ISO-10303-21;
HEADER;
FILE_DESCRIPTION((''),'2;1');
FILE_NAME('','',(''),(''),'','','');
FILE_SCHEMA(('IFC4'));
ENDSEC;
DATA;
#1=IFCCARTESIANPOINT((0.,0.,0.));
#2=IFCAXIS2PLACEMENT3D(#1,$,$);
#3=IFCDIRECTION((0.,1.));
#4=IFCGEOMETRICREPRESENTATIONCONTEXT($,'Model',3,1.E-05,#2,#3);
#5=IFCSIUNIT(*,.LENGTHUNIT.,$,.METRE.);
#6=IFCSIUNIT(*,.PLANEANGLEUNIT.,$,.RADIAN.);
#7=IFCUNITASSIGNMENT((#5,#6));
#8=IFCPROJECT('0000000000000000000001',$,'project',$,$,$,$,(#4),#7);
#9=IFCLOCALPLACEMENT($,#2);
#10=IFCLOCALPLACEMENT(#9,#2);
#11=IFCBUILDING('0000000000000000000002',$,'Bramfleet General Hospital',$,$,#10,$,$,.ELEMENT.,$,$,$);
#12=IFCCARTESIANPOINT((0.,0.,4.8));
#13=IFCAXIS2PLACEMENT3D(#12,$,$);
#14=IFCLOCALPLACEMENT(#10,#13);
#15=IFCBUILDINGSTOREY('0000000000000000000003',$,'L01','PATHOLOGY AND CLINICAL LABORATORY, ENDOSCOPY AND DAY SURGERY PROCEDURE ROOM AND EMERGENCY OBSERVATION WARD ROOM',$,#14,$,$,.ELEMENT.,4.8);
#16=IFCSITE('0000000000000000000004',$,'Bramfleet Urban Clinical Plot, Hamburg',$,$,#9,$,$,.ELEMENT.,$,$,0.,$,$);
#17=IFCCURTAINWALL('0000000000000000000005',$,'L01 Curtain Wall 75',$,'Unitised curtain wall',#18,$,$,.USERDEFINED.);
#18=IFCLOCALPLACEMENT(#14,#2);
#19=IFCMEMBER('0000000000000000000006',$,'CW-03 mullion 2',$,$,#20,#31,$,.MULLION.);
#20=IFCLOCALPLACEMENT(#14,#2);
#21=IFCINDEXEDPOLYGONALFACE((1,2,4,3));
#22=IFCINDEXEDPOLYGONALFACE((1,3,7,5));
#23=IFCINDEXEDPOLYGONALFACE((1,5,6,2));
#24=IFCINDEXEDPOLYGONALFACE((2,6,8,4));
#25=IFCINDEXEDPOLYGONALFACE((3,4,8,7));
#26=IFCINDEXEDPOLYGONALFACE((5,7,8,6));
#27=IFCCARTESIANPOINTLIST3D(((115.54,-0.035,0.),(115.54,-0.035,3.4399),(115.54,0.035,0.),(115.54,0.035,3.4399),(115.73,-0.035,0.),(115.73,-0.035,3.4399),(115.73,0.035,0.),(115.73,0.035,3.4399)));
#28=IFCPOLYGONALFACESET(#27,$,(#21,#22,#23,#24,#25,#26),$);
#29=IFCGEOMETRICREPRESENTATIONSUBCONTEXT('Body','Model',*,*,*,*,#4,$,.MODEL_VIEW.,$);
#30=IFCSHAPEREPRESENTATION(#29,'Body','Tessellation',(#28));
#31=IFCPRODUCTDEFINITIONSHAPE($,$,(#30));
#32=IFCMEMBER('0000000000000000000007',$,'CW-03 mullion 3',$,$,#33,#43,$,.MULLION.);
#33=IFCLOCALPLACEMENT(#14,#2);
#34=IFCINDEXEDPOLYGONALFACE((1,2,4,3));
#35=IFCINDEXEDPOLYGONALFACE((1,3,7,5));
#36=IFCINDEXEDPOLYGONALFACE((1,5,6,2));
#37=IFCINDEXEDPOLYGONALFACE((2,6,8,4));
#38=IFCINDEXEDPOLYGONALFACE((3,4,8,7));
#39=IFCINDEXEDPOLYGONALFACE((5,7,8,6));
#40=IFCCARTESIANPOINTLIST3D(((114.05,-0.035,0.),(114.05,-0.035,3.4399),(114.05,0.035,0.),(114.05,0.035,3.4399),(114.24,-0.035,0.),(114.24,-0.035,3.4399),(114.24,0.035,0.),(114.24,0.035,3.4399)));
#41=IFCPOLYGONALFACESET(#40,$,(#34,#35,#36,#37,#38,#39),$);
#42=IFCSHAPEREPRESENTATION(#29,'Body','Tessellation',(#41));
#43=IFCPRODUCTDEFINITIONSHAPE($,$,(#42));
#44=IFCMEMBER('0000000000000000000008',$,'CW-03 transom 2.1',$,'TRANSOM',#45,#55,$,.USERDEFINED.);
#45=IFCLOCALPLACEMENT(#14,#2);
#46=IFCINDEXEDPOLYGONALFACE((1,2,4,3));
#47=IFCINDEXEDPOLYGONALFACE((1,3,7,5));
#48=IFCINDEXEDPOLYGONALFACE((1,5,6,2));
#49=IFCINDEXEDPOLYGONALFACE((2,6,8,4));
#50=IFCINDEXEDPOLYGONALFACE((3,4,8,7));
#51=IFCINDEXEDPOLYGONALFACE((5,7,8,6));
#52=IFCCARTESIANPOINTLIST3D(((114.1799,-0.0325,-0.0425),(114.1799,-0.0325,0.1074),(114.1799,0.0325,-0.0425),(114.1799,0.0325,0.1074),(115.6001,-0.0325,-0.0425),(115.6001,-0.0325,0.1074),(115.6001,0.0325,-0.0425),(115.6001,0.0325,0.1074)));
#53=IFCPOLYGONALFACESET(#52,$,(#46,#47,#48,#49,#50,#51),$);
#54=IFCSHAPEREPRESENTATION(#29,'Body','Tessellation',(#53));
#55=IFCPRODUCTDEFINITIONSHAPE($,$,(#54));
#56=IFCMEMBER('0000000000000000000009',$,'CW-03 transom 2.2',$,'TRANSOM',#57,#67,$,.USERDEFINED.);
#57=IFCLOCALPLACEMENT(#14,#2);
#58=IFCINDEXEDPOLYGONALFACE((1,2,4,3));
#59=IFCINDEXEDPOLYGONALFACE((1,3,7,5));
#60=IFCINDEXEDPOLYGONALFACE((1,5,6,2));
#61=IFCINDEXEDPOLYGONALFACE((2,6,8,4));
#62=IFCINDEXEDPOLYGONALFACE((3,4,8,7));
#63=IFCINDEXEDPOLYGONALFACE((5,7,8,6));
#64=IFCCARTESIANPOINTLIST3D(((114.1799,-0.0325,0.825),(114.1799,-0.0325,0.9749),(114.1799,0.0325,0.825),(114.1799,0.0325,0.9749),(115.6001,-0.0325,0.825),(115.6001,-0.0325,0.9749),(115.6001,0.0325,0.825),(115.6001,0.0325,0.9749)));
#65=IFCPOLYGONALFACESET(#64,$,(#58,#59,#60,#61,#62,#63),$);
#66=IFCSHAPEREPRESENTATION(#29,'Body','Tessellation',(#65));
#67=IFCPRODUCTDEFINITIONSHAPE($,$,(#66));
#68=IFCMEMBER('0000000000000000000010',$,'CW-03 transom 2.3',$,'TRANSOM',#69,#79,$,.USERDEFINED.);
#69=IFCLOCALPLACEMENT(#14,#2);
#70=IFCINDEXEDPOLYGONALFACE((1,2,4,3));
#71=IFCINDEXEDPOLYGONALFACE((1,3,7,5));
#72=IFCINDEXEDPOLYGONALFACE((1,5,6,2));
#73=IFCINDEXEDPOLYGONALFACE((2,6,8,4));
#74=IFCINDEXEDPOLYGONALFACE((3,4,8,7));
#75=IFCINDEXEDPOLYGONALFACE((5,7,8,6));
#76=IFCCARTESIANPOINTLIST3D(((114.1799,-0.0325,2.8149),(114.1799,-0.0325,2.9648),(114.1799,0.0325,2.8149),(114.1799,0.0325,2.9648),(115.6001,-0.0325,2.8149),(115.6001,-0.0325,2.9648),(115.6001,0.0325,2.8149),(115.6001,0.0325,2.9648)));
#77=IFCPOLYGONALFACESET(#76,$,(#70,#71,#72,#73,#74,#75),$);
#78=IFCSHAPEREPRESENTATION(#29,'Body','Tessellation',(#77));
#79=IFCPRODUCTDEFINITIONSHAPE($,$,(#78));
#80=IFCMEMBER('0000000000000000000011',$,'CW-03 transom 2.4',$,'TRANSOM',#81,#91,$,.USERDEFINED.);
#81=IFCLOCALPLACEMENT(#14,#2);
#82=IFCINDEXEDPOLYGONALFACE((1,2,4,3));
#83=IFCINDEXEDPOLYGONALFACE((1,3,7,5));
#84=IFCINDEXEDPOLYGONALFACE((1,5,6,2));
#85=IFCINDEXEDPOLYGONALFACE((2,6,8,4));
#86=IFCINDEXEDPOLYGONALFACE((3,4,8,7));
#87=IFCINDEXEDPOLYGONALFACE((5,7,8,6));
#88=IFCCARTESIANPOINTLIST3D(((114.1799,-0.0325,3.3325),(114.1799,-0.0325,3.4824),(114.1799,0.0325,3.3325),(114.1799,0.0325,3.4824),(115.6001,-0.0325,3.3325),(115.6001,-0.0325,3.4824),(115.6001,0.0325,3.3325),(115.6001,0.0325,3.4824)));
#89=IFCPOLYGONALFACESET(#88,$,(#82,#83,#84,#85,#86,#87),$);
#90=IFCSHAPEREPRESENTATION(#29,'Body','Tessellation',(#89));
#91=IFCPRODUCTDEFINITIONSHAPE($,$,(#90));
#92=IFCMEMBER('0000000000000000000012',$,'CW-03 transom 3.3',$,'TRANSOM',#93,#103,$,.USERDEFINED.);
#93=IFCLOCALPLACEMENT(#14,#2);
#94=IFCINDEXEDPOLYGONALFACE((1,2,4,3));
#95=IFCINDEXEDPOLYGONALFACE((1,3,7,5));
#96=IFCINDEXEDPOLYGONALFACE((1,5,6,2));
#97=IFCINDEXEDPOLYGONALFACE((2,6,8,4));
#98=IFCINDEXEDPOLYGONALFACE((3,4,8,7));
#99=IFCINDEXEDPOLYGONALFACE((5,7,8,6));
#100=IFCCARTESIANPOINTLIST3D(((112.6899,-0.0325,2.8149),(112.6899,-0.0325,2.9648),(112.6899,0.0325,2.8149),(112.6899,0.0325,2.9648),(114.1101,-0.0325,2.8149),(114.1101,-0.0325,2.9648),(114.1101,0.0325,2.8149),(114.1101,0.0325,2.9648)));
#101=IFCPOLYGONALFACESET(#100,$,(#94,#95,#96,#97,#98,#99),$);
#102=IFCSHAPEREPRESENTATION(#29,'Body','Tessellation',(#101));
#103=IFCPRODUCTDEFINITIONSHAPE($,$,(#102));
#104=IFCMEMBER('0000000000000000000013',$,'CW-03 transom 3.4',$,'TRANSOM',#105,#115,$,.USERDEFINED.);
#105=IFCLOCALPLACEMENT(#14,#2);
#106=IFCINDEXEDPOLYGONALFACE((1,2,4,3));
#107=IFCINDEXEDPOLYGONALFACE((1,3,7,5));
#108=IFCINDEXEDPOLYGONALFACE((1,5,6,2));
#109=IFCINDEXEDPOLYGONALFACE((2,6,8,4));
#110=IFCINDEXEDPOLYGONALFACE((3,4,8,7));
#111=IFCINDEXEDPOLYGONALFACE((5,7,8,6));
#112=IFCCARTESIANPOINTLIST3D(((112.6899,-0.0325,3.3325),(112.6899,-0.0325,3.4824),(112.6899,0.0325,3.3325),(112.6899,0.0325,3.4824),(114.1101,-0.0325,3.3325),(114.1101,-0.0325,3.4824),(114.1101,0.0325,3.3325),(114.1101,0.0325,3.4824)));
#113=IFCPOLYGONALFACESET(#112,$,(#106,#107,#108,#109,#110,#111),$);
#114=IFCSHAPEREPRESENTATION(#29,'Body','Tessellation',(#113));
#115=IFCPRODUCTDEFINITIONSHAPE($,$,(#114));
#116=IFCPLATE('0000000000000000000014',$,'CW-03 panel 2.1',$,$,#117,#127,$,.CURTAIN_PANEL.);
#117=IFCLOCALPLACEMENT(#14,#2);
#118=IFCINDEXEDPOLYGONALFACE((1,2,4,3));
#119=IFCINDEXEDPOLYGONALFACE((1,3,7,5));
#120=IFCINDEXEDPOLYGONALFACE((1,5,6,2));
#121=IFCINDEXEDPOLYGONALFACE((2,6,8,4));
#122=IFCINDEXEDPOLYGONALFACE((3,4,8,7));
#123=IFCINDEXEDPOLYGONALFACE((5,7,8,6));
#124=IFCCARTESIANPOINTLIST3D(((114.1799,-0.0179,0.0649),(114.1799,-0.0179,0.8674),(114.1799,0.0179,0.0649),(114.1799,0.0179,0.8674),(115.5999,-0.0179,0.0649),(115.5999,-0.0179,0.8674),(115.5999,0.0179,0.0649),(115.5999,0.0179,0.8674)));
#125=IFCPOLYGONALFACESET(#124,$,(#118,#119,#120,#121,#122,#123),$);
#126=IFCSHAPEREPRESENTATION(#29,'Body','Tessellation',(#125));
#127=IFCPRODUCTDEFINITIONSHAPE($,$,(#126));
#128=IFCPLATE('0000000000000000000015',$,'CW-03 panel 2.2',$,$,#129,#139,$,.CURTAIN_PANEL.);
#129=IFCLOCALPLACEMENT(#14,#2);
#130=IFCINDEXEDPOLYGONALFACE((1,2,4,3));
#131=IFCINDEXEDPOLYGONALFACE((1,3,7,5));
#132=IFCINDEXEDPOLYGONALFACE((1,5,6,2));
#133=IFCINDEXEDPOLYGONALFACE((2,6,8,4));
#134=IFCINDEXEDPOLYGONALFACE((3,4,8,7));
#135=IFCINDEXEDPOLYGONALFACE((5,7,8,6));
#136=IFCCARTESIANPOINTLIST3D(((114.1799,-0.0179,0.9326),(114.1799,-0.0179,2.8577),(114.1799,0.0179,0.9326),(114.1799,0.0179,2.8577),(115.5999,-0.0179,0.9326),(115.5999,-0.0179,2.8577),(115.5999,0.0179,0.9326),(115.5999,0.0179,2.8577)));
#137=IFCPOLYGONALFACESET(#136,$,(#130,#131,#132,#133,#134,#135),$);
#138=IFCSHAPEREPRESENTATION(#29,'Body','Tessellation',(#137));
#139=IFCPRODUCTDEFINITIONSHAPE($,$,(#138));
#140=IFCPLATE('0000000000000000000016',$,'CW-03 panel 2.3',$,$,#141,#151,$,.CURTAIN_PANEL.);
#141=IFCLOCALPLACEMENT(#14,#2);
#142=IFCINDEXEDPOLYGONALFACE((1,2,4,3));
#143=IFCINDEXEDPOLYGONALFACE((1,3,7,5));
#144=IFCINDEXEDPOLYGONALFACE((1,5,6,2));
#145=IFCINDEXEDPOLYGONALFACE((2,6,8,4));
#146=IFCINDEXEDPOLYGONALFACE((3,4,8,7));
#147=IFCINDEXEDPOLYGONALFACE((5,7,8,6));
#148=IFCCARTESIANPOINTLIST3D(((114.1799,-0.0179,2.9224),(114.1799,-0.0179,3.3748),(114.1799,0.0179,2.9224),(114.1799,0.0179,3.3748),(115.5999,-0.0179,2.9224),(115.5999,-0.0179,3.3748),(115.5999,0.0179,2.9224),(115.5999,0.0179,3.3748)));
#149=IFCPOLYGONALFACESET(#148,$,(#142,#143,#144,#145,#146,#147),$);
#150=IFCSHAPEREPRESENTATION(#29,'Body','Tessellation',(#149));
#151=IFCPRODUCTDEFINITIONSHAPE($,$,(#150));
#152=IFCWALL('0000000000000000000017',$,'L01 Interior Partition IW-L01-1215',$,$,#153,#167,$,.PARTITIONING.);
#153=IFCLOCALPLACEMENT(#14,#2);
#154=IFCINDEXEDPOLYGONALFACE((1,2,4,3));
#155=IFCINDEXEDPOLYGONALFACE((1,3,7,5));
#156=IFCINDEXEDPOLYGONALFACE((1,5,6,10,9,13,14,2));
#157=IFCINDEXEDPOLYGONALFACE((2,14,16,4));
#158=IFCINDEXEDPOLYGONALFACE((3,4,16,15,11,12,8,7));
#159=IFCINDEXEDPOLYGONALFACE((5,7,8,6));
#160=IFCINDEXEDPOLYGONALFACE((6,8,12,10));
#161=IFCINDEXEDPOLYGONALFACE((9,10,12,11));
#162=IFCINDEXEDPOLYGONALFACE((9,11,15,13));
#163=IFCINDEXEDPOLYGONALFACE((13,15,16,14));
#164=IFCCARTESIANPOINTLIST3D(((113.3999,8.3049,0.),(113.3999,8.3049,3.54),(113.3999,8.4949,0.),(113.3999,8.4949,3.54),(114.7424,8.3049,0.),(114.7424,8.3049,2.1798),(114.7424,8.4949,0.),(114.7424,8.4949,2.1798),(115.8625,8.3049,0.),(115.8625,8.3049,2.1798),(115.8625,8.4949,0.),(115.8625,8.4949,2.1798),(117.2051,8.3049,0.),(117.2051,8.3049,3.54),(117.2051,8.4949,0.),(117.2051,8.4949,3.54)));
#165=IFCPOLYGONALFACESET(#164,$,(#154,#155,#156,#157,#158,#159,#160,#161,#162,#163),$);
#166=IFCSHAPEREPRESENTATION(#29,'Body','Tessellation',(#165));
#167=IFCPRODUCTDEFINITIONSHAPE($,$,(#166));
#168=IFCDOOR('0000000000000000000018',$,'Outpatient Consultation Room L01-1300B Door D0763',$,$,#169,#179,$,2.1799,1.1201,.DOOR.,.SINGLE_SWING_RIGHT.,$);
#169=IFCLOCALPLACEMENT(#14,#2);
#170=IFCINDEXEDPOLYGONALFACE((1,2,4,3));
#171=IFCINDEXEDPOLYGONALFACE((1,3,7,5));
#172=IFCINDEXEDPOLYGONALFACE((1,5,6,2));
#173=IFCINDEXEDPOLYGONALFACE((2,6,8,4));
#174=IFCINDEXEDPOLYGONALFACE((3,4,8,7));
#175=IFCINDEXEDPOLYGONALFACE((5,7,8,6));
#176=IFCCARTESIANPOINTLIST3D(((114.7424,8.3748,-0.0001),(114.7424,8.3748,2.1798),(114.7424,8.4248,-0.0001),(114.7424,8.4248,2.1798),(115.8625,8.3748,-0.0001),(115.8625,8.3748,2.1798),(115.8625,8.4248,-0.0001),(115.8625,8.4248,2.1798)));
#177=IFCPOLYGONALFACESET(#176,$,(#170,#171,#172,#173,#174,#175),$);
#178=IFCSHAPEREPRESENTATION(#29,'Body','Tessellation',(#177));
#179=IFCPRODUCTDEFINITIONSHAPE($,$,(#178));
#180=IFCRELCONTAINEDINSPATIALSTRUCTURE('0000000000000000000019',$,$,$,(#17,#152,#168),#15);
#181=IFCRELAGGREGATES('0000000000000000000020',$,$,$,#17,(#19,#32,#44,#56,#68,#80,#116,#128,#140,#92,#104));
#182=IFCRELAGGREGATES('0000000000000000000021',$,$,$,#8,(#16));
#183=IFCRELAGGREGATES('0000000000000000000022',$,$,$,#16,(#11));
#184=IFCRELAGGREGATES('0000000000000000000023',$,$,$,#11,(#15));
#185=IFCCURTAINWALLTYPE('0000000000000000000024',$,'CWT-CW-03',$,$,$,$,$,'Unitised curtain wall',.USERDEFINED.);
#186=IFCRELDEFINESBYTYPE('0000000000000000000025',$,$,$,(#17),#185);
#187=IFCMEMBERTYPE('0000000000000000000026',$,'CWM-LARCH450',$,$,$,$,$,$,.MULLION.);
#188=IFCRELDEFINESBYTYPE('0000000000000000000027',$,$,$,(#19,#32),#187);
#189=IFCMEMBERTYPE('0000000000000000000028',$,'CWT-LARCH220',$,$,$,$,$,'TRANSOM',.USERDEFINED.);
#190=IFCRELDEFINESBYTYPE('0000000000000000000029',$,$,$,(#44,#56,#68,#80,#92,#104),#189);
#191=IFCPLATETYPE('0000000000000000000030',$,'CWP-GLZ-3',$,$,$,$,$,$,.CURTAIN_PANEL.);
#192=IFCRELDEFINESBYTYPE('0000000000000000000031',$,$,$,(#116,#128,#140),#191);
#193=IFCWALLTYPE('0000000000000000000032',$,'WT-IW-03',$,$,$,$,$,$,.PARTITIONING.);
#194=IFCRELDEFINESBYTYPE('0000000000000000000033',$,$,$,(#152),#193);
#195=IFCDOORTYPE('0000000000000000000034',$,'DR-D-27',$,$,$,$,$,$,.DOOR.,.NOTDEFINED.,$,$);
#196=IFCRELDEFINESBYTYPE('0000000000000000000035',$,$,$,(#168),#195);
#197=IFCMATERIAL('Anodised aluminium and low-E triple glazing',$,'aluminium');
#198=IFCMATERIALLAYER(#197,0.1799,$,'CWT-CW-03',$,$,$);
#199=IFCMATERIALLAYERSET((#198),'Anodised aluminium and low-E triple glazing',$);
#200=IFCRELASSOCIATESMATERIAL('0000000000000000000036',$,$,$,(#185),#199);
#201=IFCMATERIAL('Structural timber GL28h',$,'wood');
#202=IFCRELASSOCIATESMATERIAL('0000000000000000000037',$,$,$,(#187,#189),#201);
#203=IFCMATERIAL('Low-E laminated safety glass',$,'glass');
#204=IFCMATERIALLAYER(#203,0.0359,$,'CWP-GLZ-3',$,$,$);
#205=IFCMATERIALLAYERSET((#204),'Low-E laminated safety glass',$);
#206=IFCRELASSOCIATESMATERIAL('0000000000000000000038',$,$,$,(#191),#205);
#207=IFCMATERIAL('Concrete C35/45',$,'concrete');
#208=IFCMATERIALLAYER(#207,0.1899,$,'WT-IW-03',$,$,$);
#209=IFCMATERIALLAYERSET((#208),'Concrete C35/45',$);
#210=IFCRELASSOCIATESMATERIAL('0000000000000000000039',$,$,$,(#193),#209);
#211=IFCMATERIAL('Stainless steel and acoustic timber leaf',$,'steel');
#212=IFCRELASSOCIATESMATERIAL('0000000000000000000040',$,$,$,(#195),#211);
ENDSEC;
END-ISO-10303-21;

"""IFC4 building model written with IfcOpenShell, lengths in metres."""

from ifc_helpers import new_model, si_unit, direction, frame, frame_2d, origin, origin_2d, place, context, subcontext, project, spatial, rectangle, extrude, material, layer, layer_set, material_profile, profile_set, type_object, element, fill, aggregate, save


model = new_model("IFC4")

# Units and contexts
model_context = context("Model", 3, precision=1e-05, world=origin(), true_north=direction((0.0, 1.0)))
body_context = subcontext(model_context, "Body", "Model", "MODEL_VIEW")
ifc_project = project(units=[si_unit("LENGTHUNIT", "METRE"), si_unit("PLANEANGLEUNIT", "RADIAN")], contexts=[model_context])

# Site, building, storey
site_placement = place(None, origin())
site = spatial("IfcSite", under=ifc_project, at=site_placement, Name="Bramfleet Urban Clinical Plot, Hamburg", CompositionType="ELEMENT", RefElevation=0.0)
building_placement = place(site_placement, origin())
building = spatial("IfcBuilding", under=site, at=building_placement, Name="Bramfleet General Hospital", CompositionType="ELEMENT")
storey_placement = place(building_placement, frame((0.0, 0.0, 4.8)))
storey = spatial("IfcBuildingStorey", under=building, at=storey_placement, Name="L01", Description="PATHOLOGY AND CLINICAL LABORATORY, ENDOSCOPY AND DAY SURGERY PROCEDURE ROOM AND EMERGENCY OBSERVATION WARD ROOM", CompositionType="ELEMENT", Elevation=4.8)

# Curtain wall, members, plates
ifc_material_1 = material(Name="Anodised aluminium and low-E triple glazing", Category="aluminium")
ifc_layer_1 = layer(ifc_material_1, 0.1799, Name="CWT-CW-03")
ifc_layer_set_1 = layer_set([ifc_layer_1], Name="Anodised aluminium and low-E triple glazing")
curtain_wall_type = type_object("IfcCurtainWallType", Name="CWT-CW-03", ElementType="Unitised curtain wall", PredefinedType="USERDEFINED", material=ifc_layer_set_1)
curtain_wall_placement = place(storey_placement, origin())
curtain_wall = element("IfcCurtainWall", 1, at=curtain_wall_placement, inside=storey, type_object=curtain_wall_type, Name="L01 Curtain Wall 75", ObjectType="Unitised curtain wall", PredefinedType="USERDEFINED")
ifc_material_2 = material(Name="Structural timber GL28h", Category="wood")
ifc_material_profile_1 = material_profile(ifc_material_2, rectangle(XDim=0.0701, YDim=0.1899, at=origin_2d()), Name="LARCH 190x70")
ifc_profile_set_1 = profile_set([ifc_material_profile_1], Name="Structural timber GL28h")
member_type_1 = type_object("IfcMemberType", Name="CWM-LARCH450", PredefinedType="MULLION", material=ifc_profile_set_1)
member_1_placement = place(storey_placement, frame((115.635, 0.0, 0.0), z_axis=(0.0, 0.0, 1.0), x_axis=(0.0, -1.0, 0.0)))
member_1 = element("IfcMember", 2, at=member_1_placement, type_object=member_type_1, Name="CW-03 mullion 2", PredefinedType="MULLION", context=body_context, shape_type="SweptSolid", body=[
    extrude(rectangle(XDim=0.0701, YDim=0.1899, at=origin_2d()), origin(), (0.0, 0.0, 1.0), 3.4399),
])
member_2_placement = place(storey_placement, frame((114.145, 0.0, 0.0), z_axis=(0.0, 0.0, 1.0), x_axis=(0.0, -1.0, 0.0)))
member_2 = element("IfcMember", 3, at=member_2_placement, type_object=member_type_1, Name="CW-03 mullion 3", PredefinedType="MULLION", context=body_context, shape_type="SweptSolid", body=[
    extrude(rectangle(XDim=0.0701, YDim=0.1899, at=origin_2d()), origin(), (0.0, 0.0, 1.0), 3.4399),
])
ifc_material_profile_2 = material_profile(ifc_material_2, rectangle(XDim=0.0649, YDim=0.1499, at=origin_2d()), Name="LARCH 150x65")
ifc_profile_set_2 = profile_set([ifc_material_profile_2], Name="Structural timber GL28h")
member_type_2 = type_object("IfcMemberType", Name="CWT-LARCH220", ElementType="TRANSOM", PredefinedType="USERDEFINED", material=ifc_profile_set_2)
member_3_placement = place(storey_placement, frame((115.6001, 0.0, 0.0325), z_axis=(-1.0, 0.0, 0.0), x_axis=(0.0, -1.0, 0.0)))
member_3 = element("IfcMember", 4, at=member_3_placement, type_object=member_type_2, Name="CW-03 transom 2.1", ObjectType="TRANSOM", PredefinedType="USERDEFINED", context=body_context, shape_type="SweptSolid", body=[
    extrude(rectangle(XDim=0.0649, YDim=0.1499, at=origin_2d()), origin(), (0.0, 0.0, 1.0), 1.4202),
])
member_4_placement = place(storey_placement, frame((115.6001, 0.0, 0.8999), z_axis=(-1.0, 0.0, 0.0), x_axis=(0.0, -1.0, 0.0)))
member_4 = element("IfcMember", 5, at=member_4_placement, type_object=member_type_2, Name="CW-03 transom 2.2", ObjectType="TRANSOM", PredefinedType="USERDEFINED", context=body_context, shape_type="SweptSolid", body=[
    extrude(rectangle(XDim=0.0649, YDim=0.1499, at=origin_2d()), origin(), (0.0, 0.0, 1.0), 1.4202),
])
member_5_placement = place(storey_placement, frame((115.6001, 0.0, 2.8899), z_axis=(-1.0, 0.0, 0.0), x_axis=(0.0, -1.0, 0.0)))
member_5 = element("IfcMember", 6, at=member_5_placement, type_object=member_type_2, Name="CW-03 transom 2.3", ObjectType="TRANSOM", PredefinedType="USERDEFINED", context=body_context, shape_type="SweptSolid", body=[
    extrude(rectangle(XDim=0.0649, YDim=0.1499, at=origin_2d()), origin(), (0.0, 0.0, 1.0), 1.4202),
])
member_6_placement = place(storey_placement, frame((115.6001, 0.0, 3.4075), z_axis=(-1.0, 0.0, 0.0), x_axis=(0.0, -1.0, 0.0)))
member_6 = element("IfcMember", 7, at=member_6_placement, type_object=member_type_2, Name="CW-03 transom 2.4", ObjectType="TRANSOM", PredefinedType="USERDEFINED", context=body_context, shape_type="SweptSolid", body=[
    extrude(rectangle(XDim=0.0649, YDim=0.1499, at=origin_2d()), origin(), (0.0, 0.0, 1.0), 1.4202),
])
member_7_placement = place(storey_placement, frame((114.1101, 0.0, 2.8899), z_axis=(-1.0, 0.0, 0.0), x_axis=(0.0, -1.0, 0.0)))
member_7 = element("IfcMember", 8, at=member_7_placement, type_object=member_type_2, Name="CW-03 transom 3.3", ObjectType="TRANSOM", PredefinedType="USERDEFINED", context=body_context, shape_type="SweptSolid", body=[
    extrude(rectangle(XDim=0.0649, YDim=0.1499, at=origin_2d()), origin(), (0.0, 0.0, 1.0), 1.4202),
])
member_8_placement = place(storey_placement, frame((114.1101, 0.0, 3.4075), z_axis=(-1.0, 0.0, 0.0), x_axis=(0.0, -1.0, 0.0)))
member_8 = element("IfcMember", 9, at=member_8_placement, type_object=member_type_2, Name="CW-03 transom 3.4", ObjectType="TRANSOM", PredefinedType="USERDEFINED", context=body_context, shape_type="SweptSolid", body=[
    extrude(rectangle(XDim=0.0649, YDim=0.1499, at=origin_2d()), origin(), (0.0, 0.0, 1.0), 1.4202),
])
ifc_material_3 = material(Name="Low-E laminated safety glass", Category="glass")
ifc_layer_2 = layer(ifc_material_3, 0.0359, Name="CWP-GLZ-3")
ifc_layer_set_2 = layer_set([ifc_layer_2], Name="Low-E laminated safety glass")
plate_type = type_object("IfcPlateType", Name="CWP-GLZ-3", PredefinedType="CURTAIN_PANEL", material=ifc_layer_set_2)
plate_1_placement = place(storey_placement, frame((114.8899, 0.0, 0.0649), z_axis=(0.0, 0.0, 1.0), x_axis=(-1.0, 0.0, 0.0)))
plate_1 = element("IfcPlate", 10, at=plate_1_placement, type_object=plate_type, Name="CW-03 panel 2.1", PredefinedType="CURTAIN_PANEL", context=body_context, shape_type="SweptSolid", body=[
    extrude(rectangle(XDim=1.4199, YDim=0.0359, at=origin_2d()), origin(), (0.0, 0.0, 1.0), 0.8025),
])
plate_2_placement = place(storey_placement, frame((114.8899, 0.0, 0.9326), z_axis=(0.0, 0.0, 1.0), x_axis=(-1.0, 0.0, 0.0)))
plate_2 = element("IfcPlate", 11, at=plate_2_placement, type_object=plate_type, Name="CW-03 panel 2.2", PredefinedType="CURTAIN_PANEL", context=body_context, shape_type="SweptSolid", body=[
    extrude(rectangle(XDim=1.4199, YDim=0.0359, at=origin_2d()), origin(), (0.0, 0.0, 1.0), 1.925),
])
plate_3_placement = place(storey_placement, frame((114.8899, 0.0, 2.9224), z_axis=(0.0, 0.0, 1.0), x_axis=(-1.0, 0.0, 0.0)))
plate_3 = element("IfcPlate", 12, at=plate_3_placement, type_object=plate_type, Name="CW-03 panel 2.3", PredefinedType="CURTAIN_PANEL", context=body_context, shape_type="SweptSolid", body=[
    extrude(rectangle(XDim=1.4199, YDim=0.0359, at=origin_2d()), origin(), (0.0, 0.0, 1.0), 0.4524),
])
aggregate(curtain_wall, [member_1, member_2, member_3, member_4, member_5, member_6, plate_1, plate_2, plate_3, member_7, member_8])

# Wall, opening, door
ifc_material_4 = material(Name="Concrete C35/45", Category="concrete")
ifc_material_5 = material(Name="Stainless steel and acoustic timber leaf", Category="steel")
ifc_layer_3 = layer(ifc_material_4, 0.1899, Name="WT-IW-03")
ifc_layer_set_3 = layer_set([ifc_layer_3], Name="Concrete C35/45")
wall_type_1 = type_object("IfcWallType", Name="WT-IW-03", PredefinedType="PARTITIONING", material=ifc_layer_set_3)
wall_1_placement = place(storey_placement, frame((113.3999, 8.3999, 0.0), z_axis=(0.0, 0.0, 1.0), x_axis=(1.0, 0.0, 0.0)))
wall_1 = element("IfcWall", 13, at=wall_1_placement, inside=storey, type_object=wall_type_1, Name="L01 Interior Partition IW-L01-1215", PredefinedType="PARTITIONING", context=body_context, shape_type="SweptSolid", body=[
    extrude(rectangle(XDim=3.8052, YDim=0.1899, at=frame_2d((1.9026, 0.0))), origin(), (0.0, 0.0, 1.0), 3.54),
])
opening_1_placement = place(wall_1_placement, frame((1.3425, 0.0, 0.0)))
opening_1 = element("IfcOpeningElement", 14, at=opening_1_placement, cuts=wall_1, PredefinedType="OPENING", context=body_context, shape_type="SweptSolid", body=[
    extrude(rectangle(XDim=1.1201, YDim=2.1799, at=frame_2d((0.5601, 1.0898))), frame((0.0, 0.105, 0.0), z_axis=(0.0, -1.0, 0.0), x_axis=(1.0, 0.0, 0.0)), (0.0, 0.0, 1.0), 0.21),
])
door_type_1 = type_object("IfcDoorType", Name="DR-D-27", OperationType="NOTDEFINED", PredefinedType="DOOR", material=ifc_material_5)
door_1_placement = place(opening_1_placement, origin())
door_1 = element("IfcDoor", 15, at=door_1_placement, inside=storey, type_object=door_type_1, Name="Outpatient Consultation Room L01-1300B Door D0763", OperationType="SINGLE_SWING_RIGHT", OverallHeight=2.1799, OverallWidth=1.1201, PredefinedType="DOOR", context=body_context, shape_type="SweptSolid", body=[
    extrude(rectangle(XDim=1.1201, YDim=2.1799, at=frame_2d((0.5601, 1.0898))), frame((0.0, 0.0249, 0.0), z_axis=(0.0, -1.0, 0.0), x_axis=(1.0, 0.0, 0.0)), (0.0, 0.0, 1.0), 0.05),
])
fill(opening_1, door_1)

save(model, "model.ifc")
